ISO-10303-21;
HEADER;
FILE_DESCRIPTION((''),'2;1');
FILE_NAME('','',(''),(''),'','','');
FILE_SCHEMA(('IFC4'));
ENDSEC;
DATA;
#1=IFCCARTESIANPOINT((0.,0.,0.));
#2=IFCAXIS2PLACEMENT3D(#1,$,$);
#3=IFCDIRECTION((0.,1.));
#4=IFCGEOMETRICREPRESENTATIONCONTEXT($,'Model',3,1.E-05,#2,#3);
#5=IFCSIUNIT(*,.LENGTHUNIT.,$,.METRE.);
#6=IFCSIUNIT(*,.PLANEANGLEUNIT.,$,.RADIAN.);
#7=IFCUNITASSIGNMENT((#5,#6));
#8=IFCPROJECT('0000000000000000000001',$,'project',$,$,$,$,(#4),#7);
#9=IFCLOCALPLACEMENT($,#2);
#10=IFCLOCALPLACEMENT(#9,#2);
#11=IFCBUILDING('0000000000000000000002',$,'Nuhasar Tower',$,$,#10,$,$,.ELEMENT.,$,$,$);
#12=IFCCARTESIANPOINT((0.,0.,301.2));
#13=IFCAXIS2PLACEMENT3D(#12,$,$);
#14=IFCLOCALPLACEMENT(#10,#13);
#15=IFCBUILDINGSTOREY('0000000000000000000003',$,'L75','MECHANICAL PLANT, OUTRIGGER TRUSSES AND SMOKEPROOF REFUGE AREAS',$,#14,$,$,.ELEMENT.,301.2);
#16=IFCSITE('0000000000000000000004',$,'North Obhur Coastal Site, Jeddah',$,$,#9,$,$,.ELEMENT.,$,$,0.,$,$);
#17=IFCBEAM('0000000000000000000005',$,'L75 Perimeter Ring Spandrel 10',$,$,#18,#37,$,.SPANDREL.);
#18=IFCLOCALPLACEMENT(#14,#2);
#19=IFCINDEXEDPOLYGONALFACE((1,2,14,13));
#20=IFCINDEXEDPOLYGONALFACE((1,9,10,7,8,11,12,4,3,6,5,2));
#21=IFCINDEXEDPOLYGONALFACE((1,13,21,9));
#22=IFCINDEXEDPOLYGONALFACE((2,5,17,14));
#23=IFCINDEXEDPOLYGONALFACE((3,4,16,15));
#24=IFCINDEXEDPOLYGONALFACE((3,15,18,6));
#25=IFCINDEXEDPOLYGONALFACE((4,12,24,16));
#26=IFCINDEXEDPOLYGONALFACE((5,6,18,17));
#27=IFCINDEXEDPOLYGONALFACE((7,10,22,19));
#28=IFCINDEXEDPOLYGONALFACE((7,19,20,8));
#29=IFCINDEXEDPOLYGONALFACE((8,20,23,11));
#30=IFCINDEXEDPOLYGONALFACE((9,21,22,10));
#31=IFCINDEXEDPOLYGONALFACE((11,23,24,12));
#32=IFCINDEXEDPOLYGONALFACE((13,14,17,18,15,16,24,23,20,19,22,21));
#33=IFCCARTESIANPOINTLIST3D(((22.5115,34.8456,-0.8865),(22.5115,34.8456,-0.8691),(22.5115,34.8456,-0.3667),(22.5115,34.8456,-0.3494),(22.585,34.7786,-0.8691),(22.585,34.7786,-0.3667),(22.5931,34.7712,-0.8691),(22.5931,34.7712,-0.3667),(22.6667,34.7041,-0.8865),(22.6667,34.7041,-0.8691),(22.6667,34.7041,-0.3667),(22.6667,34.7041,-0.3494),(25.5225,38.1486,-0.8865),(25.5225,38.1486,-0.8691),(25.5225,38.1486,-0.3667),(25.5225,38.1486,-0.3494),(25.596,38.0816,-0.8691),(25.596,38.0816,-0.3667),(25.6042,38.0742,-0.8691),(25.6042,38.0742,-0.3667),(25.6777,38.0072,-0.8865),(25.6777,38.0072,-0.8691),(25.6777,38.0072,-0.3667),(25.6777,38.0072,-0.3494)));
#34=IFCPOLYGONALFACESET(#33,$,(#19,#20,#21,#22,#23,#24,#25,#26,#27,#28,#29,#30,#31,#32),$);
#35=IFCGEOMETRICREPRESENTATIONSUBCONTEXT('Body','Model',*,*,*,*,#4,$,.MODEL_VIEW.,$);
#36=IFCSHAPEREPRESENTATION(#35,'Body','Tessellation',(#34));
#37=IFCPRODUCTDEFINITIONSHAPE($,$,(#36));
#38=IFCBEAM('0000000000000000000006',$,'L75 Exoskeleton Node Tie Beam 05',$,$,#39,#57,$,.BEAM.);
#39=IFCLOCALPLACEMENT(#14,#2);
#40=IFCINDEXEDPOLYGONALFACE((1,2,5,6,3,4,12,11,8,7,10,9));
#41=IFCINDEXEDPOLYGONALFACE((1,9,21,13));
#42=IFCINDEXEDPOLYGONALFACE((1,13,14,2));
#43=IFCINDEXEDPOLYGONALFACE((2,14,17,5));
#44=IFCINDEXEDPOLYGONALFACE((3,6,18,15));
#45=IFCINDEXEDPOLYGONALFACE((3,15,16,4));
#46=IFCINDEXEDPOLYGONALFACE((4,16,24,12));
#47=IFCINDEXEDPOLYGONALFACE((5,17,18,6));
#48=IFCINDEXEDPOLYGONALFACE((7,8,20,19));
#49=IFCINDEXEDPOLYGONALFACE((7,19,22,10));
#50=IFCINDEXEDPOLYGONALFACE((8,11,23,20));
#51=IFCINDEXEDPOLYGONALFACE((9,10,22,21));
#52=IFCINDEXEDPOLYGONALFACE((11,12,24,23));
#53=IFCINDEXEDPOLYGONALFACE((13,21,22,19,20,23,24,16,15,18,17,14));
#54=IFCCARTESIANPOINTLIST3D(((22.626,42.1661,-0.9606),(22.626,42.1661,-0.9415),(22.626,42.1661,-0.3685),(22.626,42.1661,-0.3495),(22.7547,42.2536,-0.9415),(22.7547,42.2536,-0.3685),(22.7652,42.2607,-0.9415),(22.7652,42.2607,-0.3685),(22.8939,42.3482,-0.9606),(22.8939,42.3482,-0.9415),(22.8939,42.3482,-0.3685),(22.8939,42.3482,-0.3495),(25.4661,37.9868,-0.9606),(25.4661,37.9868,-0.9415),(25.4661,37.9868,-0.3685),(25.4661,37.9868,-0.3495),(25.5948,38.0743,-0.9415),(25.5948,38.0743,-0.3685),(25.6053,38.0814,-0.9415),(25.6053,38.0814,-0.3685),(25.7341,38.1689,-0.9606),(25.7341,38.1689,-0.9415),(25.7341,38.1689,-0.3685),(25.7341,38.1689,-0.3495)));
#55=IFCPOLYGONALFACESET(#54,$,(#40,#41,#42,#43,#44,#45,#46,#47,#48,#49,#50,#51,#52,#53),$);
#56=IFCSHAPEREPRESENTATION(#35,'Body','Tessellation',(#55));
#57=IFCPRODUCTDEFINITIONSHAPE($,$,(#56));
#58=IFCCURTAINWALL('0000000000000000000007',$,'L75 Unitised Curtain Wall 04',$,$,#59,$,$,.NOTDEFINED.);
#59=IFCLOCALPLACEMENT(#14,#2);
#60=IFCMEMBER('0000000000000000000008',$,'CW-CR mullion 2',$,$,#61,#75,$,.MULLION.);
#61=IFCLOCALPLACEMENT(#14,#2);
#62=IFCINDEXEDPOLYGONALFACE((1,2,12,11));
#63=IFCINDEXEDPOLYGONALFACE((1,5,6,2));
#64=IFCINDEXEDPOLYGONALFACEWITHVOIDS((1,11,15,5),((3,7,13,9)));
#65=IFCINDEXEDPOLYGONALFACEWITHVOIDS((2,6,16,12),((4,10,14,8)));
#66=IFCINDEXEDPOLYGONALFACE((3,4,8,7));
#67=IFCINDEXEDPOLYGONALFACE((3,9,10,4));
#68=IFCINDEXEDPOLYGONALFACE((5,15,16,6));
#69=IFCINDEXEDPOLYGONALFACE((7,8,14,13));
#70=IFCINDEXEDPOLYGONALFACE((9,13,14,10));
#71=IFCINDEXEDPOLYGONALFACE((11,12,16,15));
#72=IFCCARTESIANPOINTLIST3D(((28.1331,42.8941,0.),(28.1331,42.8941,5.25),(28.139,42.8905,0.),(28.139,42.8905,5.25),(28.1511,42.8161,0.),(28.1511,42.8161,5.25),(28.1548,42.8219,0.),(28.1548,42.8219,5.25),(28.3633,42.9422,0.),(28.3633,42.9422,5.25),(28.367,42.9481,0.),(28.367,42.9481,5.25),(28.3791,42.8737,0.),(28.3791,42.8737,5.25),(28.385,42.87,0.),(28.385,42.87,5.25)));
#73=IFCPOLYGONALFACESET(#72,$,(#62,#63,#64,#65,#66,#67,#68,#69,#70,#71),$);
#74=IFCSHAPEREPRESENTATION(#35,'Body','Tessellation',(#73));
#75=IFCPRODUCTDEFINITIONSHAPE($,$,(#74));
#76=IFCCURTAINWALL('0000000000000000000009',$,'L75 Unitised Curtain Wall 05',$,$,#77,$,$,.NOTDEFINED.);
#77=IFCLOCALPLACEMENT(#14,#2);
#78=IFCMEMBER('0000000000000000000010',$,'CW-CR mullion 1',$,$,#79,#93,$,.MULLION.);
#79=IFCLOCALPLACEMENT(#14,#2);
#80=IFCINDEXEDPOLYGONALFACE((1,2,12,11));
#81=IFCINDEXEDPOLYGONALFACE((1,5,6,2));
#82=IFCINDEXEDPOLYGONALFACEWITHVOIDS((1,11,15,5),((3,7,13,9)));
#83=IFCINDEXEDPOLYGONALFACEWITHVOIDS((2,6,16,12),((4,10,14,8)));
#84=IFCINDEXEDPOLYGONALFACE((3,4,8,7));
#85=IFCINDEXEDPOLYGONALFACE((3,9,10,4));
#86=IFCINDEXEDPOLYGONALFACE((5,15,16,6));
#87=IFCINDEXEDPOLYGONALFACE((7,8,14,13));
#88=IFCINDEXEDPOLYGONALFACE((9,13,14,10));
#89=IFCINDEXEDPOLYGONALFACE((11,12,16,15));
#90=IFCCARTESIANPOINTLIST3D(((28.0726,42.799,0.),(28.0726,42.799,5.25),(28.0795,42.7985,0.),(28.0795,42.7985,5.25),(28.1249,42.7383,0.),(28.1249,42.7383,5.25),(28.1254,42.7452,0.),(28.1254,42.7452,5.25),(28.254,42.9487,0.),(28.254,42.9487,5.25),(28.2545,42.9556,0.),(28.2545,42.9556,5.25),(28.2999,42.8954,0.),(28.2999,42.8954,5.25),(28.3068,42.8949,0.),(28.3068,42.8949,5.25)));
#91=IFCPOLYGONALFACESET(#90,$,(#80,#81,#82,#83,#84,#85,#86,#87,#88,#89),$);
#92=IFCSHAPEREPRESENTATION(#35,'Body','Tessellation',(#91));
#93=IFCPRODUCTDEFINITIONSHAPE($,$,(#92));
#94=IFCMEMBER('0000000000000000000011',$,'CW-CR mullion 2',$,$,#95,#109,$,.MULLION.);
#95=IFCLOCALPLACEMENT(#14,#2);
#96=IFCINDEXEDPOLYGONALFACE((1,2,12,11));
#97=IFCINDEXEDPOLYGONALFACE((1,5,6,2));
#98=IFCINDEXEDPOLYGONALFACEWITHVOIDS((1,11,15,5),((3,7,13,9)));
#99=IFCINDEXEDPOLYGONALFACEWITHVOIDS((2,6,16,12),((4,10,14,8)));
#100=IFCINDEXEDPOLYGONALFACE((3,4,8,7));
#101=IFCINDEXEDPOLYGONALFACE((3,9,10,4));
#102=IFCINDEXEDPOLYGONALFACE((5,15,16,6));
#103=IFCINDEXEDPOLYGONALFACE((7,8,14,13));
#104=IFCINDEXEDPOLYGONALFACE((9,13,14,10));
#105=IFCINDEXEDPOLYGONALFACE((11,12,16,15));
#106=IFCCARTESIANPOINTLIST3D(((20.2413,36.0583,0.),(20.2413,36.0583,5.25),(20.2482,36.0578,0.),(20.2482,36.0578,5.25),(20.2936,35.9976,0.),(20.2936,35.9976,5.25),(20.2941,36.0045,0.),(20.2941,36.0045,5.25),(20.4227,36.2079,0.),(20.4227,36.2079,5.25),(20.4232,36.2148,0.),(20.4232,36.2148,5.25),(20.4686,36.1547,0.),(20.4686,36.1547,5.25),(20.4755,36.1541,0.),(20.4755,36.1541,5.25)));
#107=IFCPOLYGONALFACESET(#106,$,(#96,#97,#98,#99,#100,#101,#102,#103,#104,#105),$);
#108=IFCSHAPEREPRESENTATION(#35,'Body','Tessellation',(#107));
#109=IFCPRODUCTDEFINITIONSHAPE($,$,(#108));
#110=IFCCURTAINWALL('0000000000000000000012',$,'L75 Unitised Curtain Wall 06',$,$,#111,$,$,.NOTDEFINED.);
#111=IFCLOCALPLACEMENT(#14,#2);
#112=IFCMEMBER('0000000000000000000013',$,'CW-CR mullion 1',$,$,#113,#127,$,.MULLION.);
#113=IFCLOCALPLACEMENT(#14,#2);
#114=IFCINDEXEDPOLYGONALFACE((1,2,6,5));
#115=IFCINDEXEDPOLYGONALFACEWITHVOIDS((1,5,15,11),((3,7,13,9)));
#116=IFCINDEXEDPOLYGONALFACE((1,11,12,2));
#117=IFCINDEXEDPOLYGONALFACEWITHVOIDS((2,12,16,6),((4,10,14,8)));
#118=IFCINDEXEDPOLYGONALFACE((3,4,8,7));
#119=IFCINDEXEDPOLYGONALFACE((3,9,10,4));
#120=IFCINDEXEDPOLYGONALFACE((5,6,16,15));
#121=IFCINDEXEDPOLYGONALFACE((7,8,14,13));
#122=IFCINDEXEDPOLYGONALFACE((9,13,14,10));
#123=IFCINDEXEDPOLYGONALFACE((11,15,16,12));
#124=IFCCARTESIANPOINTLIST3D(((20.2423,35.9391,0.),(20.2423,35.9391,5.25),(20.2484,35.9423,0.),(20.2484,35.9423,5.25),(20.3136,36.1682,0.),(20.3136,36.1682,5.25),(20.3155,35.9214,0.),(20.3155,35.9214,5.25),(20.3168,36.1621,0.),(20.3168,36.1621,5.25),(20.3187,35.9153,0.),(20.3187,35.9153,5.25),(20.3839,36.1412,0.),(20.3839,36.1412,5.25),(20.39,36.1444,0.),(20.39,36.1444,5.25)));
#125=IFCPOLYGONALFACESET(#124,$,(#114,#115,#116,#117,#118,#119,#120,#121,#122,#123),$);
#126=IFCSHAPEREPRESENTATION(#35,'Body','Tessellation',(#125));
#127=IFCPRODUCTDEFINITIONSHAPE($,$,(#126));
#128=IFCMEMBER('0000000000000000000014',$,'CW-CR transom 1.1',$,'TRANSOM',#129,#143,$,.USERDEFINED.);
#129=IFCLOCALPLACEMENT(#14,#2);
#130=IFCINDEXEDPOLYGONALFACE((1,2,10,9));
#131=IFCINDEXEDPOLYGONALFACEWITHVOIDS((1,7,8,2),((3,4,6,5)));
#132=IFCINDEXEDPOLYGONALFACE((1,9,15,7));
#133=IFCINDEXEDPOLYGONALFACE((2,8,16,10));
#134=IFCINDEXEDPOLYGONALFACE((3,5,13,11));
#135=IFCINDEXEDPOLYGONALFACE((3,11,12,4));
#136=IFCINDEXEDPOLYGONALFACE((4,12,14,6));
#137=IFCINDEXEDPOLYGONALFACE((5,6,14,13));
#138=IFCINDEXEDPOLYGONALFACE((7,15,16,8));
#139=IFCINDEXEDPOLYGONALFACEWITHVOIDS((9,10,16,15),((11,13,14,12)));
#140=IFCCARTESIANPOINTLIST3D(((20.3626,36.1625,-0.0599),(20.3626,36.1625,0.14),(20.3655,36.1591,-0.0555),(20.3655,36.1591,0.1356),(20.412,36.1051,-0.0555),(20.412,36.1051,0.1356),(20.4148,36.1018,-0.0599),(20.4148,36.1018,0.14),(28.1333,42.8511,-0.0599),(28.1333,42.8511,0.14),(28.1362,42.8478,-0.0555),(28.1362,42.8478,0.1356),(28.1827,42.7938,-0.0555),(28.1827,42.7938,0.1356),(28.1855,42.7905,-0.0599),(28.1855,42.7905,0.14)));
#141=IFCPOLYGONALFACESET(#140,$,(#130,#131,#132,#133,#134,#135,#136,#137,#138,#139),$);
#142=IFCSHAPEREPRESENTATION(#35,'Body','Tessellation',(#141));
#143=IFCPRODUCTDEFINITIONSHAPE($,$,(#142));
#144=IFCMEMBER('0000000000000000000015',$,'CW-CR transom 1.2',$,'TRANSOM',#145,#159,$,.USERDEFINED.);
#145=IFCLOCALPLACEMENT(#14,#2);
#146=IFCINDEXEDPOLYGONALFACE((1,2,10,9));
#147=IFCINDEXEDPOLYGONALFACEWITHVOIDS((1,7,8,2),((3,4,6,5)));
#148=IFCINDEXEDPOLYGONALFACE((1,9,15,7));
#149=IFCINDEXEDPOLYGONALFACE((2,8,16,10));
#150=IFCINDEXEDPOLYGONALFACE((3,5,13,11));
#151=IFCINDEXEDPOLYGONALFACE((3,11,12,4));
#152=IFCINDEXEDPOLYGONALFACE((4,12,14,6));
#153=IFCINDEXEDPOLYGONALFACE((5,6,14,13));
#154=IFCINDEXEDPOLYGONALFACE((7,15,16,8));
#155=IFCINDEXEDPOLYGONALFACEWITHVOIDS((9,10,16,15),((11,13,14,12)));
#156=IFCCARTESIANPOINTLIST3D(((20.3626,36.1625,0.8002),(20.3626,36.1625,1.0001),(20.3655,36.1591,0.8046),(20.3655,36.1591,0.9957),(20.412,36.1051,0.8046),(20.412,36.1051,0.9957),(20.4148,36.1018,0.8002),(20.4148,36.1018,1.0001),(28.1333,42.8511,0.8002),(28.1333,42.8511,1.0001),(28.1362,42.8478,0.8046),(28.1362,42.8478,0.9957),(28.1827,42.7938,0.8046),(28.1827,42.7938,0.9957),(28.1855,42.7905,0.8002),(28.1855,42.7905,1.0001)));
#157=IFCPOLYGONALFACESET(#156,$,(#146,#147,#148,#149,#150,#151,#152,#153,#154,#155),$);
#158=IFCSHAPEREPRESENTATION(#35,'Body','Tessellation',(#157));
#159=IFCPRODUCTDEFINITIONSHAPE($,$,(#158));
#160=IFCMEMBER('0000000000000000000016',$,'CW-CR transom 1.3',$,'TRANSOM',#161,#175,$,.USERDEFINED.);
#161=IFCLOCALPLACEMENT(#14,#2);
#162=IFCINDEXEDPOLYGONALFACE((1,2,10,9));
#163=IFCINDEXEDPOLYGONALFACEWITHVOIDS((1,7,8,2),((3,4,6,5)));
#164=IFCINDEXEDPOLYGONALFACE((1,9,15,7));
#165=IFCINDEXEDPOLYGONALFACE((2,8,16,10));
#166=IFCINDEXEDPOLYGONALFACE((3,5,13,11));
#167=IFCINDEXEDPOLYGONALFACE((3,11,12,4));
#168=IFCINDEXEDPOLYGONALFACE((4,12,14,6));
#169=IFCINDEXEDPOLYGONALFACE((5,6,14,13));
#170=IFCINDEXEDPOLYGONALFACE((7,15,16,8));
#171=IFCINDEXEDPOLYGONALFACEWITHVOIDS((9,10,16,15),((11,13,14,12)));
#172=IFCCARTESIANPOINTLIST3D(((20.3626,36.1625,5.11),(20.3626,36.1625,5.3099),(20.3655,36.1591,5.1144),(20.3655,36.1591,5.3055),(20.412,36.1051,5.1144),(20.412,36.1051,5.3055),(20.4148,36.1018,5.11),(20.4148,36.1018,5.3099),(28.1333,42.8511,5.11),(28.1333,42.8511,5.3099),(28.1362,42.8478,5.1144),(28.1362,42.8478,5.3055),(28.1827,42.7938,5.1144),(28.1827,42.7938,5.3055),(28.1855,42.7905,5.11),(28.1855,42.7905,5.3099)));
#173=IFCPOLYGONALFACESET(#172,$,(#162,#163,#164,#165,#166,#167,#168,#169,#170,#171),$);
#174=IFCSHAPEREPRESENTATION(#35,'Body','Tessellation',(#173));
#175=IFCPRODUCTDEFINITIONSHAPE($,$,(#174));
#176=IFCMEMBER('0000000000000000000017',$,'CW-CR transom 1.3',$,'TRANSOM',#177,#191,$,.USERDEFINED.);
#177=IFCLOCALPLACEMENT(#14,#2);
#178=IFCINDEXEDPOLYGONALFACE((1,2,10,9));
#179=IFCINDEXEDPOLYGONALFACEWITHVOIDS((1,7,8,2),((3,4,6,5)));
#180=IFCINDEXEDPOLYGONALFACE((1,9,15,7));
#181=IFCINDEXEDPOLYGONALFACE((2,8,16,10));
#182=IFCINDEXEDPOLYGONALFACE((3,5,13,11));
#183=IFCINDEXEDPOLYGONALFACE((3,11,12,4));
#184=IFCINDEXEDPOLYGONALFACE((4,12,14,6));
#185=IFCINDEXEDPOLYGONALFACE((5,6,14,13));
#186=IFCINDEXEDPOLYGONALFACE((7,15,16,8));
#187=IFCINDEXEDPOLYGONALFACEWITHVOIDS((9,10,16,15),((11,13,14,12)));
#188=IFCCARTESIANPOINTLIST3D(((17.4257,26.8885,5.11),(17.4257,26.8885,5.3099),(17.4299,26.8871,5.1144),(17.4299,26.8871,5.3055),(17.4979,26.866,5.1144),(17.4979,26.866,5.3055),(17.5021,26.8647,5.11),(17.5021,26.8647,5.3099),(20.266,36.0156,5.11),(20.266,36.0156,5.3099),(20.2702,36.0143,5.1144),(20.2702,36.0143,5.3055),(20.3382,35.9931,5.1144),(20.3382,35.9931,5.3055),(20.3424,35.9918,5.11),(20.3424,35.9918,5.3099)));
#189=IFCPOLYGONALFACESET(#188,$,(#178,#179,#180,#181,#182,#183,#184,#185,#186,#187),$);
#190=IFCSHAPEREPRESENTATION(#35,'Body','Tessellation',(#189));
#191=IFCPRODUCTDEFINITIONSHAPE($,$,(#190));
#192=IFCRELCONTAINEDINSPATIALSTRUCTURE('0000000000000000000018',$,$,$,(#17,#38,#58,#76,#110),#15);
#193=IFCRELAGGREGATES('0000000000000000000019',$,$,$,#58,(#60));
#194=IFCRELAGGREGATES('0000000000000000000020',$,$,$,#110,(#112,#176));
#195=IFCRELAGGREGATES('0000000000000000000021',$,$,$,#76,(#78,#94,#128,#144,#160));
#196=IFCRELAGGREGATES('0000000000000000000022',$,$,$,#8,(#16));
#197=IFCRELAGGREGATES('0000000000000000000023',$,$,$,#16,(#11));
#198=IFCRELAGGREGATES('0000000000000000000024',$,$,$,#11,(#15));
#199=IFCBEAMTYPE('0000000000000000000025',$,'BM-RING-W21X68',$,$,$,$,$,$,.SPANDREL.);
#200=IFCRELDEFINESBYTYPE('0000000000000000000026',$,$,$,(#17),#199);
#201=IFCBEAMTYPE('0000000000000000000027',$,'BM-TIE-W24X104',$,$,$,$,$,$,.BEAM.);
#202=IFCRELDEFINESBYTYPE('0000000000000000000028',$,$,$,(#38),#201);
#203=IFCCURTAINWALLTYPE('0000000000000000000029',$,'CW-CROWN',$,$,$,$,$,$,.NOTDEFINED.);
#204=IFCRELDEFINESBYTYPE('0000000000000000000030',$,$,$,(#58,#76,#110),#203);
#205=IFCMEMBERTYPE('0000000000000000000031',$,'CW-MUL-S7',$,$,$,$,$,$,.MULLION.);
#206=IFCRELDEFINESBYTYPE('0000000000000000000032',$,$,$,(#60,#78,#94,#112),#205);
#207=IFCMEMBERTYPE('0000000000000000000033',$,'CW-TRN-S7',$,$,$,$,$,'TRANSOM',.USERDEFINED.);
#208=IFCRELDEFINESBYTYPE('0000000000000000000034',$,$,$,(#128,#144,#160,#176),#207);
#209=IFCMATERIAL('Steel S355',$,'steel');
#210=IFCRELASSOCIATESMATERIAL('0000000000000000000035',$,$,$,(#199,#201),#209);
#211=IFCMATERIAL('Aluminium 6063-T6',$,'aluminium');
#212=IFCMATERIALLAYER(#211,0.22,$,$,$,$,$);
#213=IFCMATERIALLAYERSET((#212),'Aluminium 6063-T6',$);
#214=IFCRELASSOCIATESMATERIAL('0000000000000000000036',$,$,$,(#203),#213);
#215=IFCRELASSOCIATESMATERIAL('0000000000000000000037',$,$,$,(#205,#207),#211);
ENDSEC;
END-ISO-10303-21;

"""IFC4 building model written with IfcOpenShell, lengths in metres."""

from ifc_helpers import new_model, si_unit, direction, frame, origin, origin_2d, place, context, subcontext, project, spatial, hollow_rectangle, i_section, extrude, material, layer, layer_set, material_profile, profile_set, type_object, element, aggregate, save


model = new_model("IFC4")

# Units and contexts
model_context = context("Model", 3, precision=1e-05, world=origin(), true_north=direction((0.0, 1.0)))
body_context = subcontext(model_context, "Body", "Model", "MODEL_VIEW")
ifc_project = project(units=[si_unit("LENGTHUNIT", "METRE"), si_unit("PLANEANGLEUNIT", "RADIAN")], contexts=[model_context])

# Site, building, storey
site_placement = place(None, origin())
site = spatial("IfcSite", under=ifc_project, at=site_placement, Name="North Obhur Coastal Site, Jeddah", CompositionType="ELEMENT", RefElevation=0.0)
building_placement = place(site_placement, origin())
building = spatial("IfcBuilding", under=site, at=building_placement, Name="Nuhasar Tower", CompositionType="ELEMENT")
storey_placement = place(building_placement, frame((0.0, 0.0, 301.2)))
storey = spatial("IfcBuildingStorey", under=building, at=storey_placement, Name="L75", Description="MECHANICAL PLANT, OUTRIGGER TRUSSES AND SMOKEPROOF REFUGE AREAS", CompositionType="ELEMENT", Elevation=301.2)

# Beams
ifc_material_1 = material(Name="Steel S355", Category="steel")
ifc_material_profile_1 = material_profile(ifc_material_1, i_section(OverallWidth=0.21, OverallDepth=0.5371, WebThickness=0.011, FlangeThickness=0.0173, at=origin_2d()), Name="W21X68")
ifc_profile_set_1 = profile_set([ifc_material_profile_1], Name="Steel S355")
beam_type_1 = type_object("IfcBeamType", Name="BM-RING-W21X68", PredefinedType="SPANDREL", material=ifc_profile_set_1)
beam_1_placement = place(storey_placement, frame((25.6001, 38.0779, -0.6179), z_axis=(-0.673686, -0.739017, 0.0), x_axis=(0.739017, -0.673686, 0.0)))
element("IfcBeam", 1, at=beam_1_placement, inside=storey, type_object=beam_type_1, Name="L75 Perimeter Ring Spandrel 10", PredefinedType="SPANDREL", context=body_context, shape_type="SweptSolid", body=[
    extrude(i_section(OverallWidth=0.21, OverallDepth=0.5371, WebThickness=0.011, FlangeThickness=0.0173, at=origin_2d()), origin(), (0.0, 0.0, 1.0), 4.4695),
])
ifc_material_profile_2 = material_profile(ifc_material_1, i_section(OverallWidth=0.324, OverallDepth=0.6111, WebThickness=0.0127, FlangeThickness=0.019, at=origin_2d()), Name="W24X104")
ifc_profile_set_2 = profile_set([ifc_material_profile_2], Name="Steel S355")
beam_type_2 = type_object("IfcBeamType", Name="BM-TIE-W24X104", PredefinedType="BEAM", material=ifc_profile_set_2)
beam_2_placement = place(storey_placement, frame((25.6001, 38.0779, -0.655), z_axis=(-0.562071, 0.827089, 0.0), x_axis=(-0.827089, -0.562071, 0.0)))
element("IfcBeam", 2, at=beam_2_placement, inside=storey, type_object=beam_type_2, Name="L75 Exoskeleton Node Tie Beam 05", PredefinedType="BEAM", context=body_context, shape_type="SweptSolid", body=[
    extrude(i_section(OverallWidth=0.324, OverallDepth=0.6111, WebThickness=0.0127, FlangeThickness=0.019, at=origin_2d()), origin(), (0.0, 0.0, 1.0), 5.053),
])

# Curtain wall, member
ifc_material_2 = material(Name="Aluminium 6063-T6", Category="aluminium")
ifc_layer_1 = layer(ifc_material_2, 0.22)
ifc_layer_set_1 = layer_set([ifc_layer_1], Name="Aluminium 6063-T6")
curtain_wall_type = type_object("IfcCurtainWallType", Name="CW-CROWN", PredefinedType="NOTDEFINED", material=ifc_layer_set_1)
curtain_wall_1_placement = place(storey_placement, origin())
curtain_wall_1 = element("IfcCurtainWall", 3, at=curtain_wall_1_placement, inside=storey, type_object=curtain_wall_type, Name="L75 Unitised Curtain Wall 04", PredefinedType="NOTDEFINED")
ifc_material_profile_3 = material_profile(ifc_material_2, hollow_rectangle(XDim=0.0801, YDim=0.24, WallThickness=0.0049, at=origin_2d()), Name="CWM-7")
ifc_profile_set_3 = profile_set([ifc_material_profile_3], Name="Aluminium 6063-T6")
member_type_1 = type_object("IfcMemberType", Name="CW-MUL-S7", PredefinedType="MULLION", material=ifc_profile_set_3)
member_1_placement = place(storey_placement, frame((28.259, 42.8821, 0.0), z_axis=(0.0, 0.0, 1.0), x_axis=(0.2248, -0.974405, 0.0)))
member_1 = element("IfcMember", 4, at=member_1_placement, type_object=member_type_1, Name="CW-CR mullion 2", PredefinedType="MULLION", context=body_context, shape_type="SweptSolid", body=[
    extrude(hollow_rectangle(XDim=0.0801, YDim=0.24, WallThickness=0.0049, at=origin_2d()), origin(), (0.0, 0.0, 1.0), 5.25),
])
aggregate(curtain_wall_1, [member_1])

# Curtain wall, members
curtain_wall_2_placement = place(storey_placement, origin())
curtain_wall_2 = element("IfcCurtainWall", 5, at=curtain_wall_2_placement, inside=storey, type_object=curtain_wall_type, Name="L75 Unitised Curtain Wall 05", PredefinedType="NOTDEFINED")
member_2_placement = place(storey_placement, frame((28.1897, 42.8469, 0.0), z_axis=(0.0, 0.0, 1.0), x_axis=(0.652364, -0.757906, 0.0)))
member_2 = element("IfcMember", 6, at=member_2_placement, type_object=member_type_1, Name="CW-CR mullion 1", PredefinedType="MULLION", context=body_context, shape_type="SweptSolid", body=[
    extrude(hollow_rectangle(XDim=0.0801, YDim=0.24, WallThickness=0.0049, at=origin_2d()), origin(), (0.0, 0.0, 1.0), 5.25),
])
member_3_placement = place(storey_placement, frame((20.3584, 36.1062, 0.0), z_axis=(0.0, 0.0, 1.0), x_axis=(0.652364, -0.757906, 0.0)))
member_3 = element("IfcMember", 7, at=member_3_placement, type_object=member_type_1, Name="CW-CR mullion 2", PredefinedType="MULLION", context=body_context, shape_type="SweptSolid", body=[
    extrude(hollow_rectangle(XDim=0.0801, YDim=0.24, WallThickness=0.0049, at=origin_2d()), origin(), (0.0, 0.0, 1.0), 5.25),
])

# Curtain wall, member
curtain_wall_3_placement = place(storey_placement, origin())
curtain_wall_3 = element("IfcCurtainWall", 8, at=curtain_wall_3_placement, inside=storey, type_object=curtain_wall_type, Name="L75 Unitised Curtain Wall 06", PredefinedType="NOTDEFINED")
member_4_placement = place(storey_placement, frame((20.3162, 36.0417, 0.0), z_axis=(0.0, 0.0, 1.0), x_axis=(0.954831, -0.29715, 0.0)))
member_4 = element("IfcMember", 9, at=member_4_placement, type_object=member_type_1, Name="CW-CR mullion 1", PredefinedType="MULLION", context=body_context, shape_type="SweptSolid", body=[
    extrude(hollow_rectangle(XDim=0.0801, YDim=0.24, WallThickness=0.0049, at=origin_2d()), origin(), (0.0, 0.0, 1.0), 5.25),
])

# Members
ifc_material_profile_4 = material_profile(ifc_material_2, hollow_rectangle(XDim=0.0801, YDim=0.2, WallThickness=0.0044, at=origin_2d()), Name="CWT-7")
ifc_profile_set_4 = profile_set([ifc_material_profile_4], Name="Aluminium 6063-T6")
member_type_2 = type_object("IfcMemberType", Name="CW-TRN-S7", ElementType="TRANSOM", PredefinedType="USERDEFINED", material=ifc_profile_set_4)
member_5_placement = place(storey_placement, frame((28.1594, 42.8208, 0.04), z_axis=(-0.757902, -0.652369, 0.0), x_axis=(0.652369, -0.757902, 0.0)))
member_5 = element("IfcMember", 10, at=member_5_placement, type_object=member_type_2, Name="CW-CR transom 1.1", ObjectType="TRANSOM", PredefinedType="USERDEFINED", context=body_context, shape_type="SweptSolid", body=[
    extrude(hollow_rectangle(XDim=0.0801, YDim=0.2, WallThickness=0.0044, at=origin_2d()), origin(), (0.0, 0.0, 1.0), 10.2529),
])
member_6_placement = place(storey_placement, frame((28.1594, 42.8208, 0.9001), z_axis=(-0.757902, -0.652369, 0.0), x_axis=(0.652369, -0.757902, 0.0)))
member_6 = element("IfcMember", 11, at=member_6_placement, type_object=member_type_2, Name="CW-CR transom 1.2", ObjectType="TRANSOM", PredefinedType="USERDEFINED", context=body_context, shape_type="SweptSolid", body=[
    extrude(hollow_rectangle(XDim=0.0801, YDim=0.2, WallThickness=0.0044, at=origin_2d()), origin(), (0.0, 0.0, 1.0), 10.2529),
])
member_7_placement = place(storey_placement, frame((28.1594, 42.8208, 5.21), z_axis=(-0.757902, -0.652369, 0.0), x_axis=(0.652369, -0.757902, 0.0)))
member_7 = element("IfcMember", 12, at=member_7_placement, type_object=member_type_2, Name="CW-CR transom 1.3", ObjectType="TRANSOM", PredefinedType="USERDEFINED", context=body_context, shape_type="SweptSolid", body=[
    extrude(hollow_rectangle(XDim=0.0801, YDim=0.2, WallThickness=0.0044, at=origin_2d()), origin(), (0.0, 0.0, 1.0), 10.2529),
])
member_8_placement = place(storey_placement, frame((20.3042, 36.0037, 5.21), z_axis=(-0.297139, -0.954834, 0.0), x_axis=(0.954834, -0.297139, 0.0)))
member_8 = element("IfcMember", 13, at=member_8_placement, type_object=member_type_2, Name="CW-CR transom 1.3", ObjectType="TRANSOM", PredefinedType="USERDEFINED", context=body_context, shape_type="SweptSolid", body=[
    extrude(hollow_rectangle(XDim=0.0801, YDim=0.2, WallThickness=0.0044, at=origin_2d()), origin(), (0.0, 0.0, 1.0), 9.5588),
])
aggregate(curtain_wall_3, [member_4, member_8])

aggregate(curtain_wall_2, [member_2, member_3, member_5, member_6, member_7])

save(model, "model.ifc")
